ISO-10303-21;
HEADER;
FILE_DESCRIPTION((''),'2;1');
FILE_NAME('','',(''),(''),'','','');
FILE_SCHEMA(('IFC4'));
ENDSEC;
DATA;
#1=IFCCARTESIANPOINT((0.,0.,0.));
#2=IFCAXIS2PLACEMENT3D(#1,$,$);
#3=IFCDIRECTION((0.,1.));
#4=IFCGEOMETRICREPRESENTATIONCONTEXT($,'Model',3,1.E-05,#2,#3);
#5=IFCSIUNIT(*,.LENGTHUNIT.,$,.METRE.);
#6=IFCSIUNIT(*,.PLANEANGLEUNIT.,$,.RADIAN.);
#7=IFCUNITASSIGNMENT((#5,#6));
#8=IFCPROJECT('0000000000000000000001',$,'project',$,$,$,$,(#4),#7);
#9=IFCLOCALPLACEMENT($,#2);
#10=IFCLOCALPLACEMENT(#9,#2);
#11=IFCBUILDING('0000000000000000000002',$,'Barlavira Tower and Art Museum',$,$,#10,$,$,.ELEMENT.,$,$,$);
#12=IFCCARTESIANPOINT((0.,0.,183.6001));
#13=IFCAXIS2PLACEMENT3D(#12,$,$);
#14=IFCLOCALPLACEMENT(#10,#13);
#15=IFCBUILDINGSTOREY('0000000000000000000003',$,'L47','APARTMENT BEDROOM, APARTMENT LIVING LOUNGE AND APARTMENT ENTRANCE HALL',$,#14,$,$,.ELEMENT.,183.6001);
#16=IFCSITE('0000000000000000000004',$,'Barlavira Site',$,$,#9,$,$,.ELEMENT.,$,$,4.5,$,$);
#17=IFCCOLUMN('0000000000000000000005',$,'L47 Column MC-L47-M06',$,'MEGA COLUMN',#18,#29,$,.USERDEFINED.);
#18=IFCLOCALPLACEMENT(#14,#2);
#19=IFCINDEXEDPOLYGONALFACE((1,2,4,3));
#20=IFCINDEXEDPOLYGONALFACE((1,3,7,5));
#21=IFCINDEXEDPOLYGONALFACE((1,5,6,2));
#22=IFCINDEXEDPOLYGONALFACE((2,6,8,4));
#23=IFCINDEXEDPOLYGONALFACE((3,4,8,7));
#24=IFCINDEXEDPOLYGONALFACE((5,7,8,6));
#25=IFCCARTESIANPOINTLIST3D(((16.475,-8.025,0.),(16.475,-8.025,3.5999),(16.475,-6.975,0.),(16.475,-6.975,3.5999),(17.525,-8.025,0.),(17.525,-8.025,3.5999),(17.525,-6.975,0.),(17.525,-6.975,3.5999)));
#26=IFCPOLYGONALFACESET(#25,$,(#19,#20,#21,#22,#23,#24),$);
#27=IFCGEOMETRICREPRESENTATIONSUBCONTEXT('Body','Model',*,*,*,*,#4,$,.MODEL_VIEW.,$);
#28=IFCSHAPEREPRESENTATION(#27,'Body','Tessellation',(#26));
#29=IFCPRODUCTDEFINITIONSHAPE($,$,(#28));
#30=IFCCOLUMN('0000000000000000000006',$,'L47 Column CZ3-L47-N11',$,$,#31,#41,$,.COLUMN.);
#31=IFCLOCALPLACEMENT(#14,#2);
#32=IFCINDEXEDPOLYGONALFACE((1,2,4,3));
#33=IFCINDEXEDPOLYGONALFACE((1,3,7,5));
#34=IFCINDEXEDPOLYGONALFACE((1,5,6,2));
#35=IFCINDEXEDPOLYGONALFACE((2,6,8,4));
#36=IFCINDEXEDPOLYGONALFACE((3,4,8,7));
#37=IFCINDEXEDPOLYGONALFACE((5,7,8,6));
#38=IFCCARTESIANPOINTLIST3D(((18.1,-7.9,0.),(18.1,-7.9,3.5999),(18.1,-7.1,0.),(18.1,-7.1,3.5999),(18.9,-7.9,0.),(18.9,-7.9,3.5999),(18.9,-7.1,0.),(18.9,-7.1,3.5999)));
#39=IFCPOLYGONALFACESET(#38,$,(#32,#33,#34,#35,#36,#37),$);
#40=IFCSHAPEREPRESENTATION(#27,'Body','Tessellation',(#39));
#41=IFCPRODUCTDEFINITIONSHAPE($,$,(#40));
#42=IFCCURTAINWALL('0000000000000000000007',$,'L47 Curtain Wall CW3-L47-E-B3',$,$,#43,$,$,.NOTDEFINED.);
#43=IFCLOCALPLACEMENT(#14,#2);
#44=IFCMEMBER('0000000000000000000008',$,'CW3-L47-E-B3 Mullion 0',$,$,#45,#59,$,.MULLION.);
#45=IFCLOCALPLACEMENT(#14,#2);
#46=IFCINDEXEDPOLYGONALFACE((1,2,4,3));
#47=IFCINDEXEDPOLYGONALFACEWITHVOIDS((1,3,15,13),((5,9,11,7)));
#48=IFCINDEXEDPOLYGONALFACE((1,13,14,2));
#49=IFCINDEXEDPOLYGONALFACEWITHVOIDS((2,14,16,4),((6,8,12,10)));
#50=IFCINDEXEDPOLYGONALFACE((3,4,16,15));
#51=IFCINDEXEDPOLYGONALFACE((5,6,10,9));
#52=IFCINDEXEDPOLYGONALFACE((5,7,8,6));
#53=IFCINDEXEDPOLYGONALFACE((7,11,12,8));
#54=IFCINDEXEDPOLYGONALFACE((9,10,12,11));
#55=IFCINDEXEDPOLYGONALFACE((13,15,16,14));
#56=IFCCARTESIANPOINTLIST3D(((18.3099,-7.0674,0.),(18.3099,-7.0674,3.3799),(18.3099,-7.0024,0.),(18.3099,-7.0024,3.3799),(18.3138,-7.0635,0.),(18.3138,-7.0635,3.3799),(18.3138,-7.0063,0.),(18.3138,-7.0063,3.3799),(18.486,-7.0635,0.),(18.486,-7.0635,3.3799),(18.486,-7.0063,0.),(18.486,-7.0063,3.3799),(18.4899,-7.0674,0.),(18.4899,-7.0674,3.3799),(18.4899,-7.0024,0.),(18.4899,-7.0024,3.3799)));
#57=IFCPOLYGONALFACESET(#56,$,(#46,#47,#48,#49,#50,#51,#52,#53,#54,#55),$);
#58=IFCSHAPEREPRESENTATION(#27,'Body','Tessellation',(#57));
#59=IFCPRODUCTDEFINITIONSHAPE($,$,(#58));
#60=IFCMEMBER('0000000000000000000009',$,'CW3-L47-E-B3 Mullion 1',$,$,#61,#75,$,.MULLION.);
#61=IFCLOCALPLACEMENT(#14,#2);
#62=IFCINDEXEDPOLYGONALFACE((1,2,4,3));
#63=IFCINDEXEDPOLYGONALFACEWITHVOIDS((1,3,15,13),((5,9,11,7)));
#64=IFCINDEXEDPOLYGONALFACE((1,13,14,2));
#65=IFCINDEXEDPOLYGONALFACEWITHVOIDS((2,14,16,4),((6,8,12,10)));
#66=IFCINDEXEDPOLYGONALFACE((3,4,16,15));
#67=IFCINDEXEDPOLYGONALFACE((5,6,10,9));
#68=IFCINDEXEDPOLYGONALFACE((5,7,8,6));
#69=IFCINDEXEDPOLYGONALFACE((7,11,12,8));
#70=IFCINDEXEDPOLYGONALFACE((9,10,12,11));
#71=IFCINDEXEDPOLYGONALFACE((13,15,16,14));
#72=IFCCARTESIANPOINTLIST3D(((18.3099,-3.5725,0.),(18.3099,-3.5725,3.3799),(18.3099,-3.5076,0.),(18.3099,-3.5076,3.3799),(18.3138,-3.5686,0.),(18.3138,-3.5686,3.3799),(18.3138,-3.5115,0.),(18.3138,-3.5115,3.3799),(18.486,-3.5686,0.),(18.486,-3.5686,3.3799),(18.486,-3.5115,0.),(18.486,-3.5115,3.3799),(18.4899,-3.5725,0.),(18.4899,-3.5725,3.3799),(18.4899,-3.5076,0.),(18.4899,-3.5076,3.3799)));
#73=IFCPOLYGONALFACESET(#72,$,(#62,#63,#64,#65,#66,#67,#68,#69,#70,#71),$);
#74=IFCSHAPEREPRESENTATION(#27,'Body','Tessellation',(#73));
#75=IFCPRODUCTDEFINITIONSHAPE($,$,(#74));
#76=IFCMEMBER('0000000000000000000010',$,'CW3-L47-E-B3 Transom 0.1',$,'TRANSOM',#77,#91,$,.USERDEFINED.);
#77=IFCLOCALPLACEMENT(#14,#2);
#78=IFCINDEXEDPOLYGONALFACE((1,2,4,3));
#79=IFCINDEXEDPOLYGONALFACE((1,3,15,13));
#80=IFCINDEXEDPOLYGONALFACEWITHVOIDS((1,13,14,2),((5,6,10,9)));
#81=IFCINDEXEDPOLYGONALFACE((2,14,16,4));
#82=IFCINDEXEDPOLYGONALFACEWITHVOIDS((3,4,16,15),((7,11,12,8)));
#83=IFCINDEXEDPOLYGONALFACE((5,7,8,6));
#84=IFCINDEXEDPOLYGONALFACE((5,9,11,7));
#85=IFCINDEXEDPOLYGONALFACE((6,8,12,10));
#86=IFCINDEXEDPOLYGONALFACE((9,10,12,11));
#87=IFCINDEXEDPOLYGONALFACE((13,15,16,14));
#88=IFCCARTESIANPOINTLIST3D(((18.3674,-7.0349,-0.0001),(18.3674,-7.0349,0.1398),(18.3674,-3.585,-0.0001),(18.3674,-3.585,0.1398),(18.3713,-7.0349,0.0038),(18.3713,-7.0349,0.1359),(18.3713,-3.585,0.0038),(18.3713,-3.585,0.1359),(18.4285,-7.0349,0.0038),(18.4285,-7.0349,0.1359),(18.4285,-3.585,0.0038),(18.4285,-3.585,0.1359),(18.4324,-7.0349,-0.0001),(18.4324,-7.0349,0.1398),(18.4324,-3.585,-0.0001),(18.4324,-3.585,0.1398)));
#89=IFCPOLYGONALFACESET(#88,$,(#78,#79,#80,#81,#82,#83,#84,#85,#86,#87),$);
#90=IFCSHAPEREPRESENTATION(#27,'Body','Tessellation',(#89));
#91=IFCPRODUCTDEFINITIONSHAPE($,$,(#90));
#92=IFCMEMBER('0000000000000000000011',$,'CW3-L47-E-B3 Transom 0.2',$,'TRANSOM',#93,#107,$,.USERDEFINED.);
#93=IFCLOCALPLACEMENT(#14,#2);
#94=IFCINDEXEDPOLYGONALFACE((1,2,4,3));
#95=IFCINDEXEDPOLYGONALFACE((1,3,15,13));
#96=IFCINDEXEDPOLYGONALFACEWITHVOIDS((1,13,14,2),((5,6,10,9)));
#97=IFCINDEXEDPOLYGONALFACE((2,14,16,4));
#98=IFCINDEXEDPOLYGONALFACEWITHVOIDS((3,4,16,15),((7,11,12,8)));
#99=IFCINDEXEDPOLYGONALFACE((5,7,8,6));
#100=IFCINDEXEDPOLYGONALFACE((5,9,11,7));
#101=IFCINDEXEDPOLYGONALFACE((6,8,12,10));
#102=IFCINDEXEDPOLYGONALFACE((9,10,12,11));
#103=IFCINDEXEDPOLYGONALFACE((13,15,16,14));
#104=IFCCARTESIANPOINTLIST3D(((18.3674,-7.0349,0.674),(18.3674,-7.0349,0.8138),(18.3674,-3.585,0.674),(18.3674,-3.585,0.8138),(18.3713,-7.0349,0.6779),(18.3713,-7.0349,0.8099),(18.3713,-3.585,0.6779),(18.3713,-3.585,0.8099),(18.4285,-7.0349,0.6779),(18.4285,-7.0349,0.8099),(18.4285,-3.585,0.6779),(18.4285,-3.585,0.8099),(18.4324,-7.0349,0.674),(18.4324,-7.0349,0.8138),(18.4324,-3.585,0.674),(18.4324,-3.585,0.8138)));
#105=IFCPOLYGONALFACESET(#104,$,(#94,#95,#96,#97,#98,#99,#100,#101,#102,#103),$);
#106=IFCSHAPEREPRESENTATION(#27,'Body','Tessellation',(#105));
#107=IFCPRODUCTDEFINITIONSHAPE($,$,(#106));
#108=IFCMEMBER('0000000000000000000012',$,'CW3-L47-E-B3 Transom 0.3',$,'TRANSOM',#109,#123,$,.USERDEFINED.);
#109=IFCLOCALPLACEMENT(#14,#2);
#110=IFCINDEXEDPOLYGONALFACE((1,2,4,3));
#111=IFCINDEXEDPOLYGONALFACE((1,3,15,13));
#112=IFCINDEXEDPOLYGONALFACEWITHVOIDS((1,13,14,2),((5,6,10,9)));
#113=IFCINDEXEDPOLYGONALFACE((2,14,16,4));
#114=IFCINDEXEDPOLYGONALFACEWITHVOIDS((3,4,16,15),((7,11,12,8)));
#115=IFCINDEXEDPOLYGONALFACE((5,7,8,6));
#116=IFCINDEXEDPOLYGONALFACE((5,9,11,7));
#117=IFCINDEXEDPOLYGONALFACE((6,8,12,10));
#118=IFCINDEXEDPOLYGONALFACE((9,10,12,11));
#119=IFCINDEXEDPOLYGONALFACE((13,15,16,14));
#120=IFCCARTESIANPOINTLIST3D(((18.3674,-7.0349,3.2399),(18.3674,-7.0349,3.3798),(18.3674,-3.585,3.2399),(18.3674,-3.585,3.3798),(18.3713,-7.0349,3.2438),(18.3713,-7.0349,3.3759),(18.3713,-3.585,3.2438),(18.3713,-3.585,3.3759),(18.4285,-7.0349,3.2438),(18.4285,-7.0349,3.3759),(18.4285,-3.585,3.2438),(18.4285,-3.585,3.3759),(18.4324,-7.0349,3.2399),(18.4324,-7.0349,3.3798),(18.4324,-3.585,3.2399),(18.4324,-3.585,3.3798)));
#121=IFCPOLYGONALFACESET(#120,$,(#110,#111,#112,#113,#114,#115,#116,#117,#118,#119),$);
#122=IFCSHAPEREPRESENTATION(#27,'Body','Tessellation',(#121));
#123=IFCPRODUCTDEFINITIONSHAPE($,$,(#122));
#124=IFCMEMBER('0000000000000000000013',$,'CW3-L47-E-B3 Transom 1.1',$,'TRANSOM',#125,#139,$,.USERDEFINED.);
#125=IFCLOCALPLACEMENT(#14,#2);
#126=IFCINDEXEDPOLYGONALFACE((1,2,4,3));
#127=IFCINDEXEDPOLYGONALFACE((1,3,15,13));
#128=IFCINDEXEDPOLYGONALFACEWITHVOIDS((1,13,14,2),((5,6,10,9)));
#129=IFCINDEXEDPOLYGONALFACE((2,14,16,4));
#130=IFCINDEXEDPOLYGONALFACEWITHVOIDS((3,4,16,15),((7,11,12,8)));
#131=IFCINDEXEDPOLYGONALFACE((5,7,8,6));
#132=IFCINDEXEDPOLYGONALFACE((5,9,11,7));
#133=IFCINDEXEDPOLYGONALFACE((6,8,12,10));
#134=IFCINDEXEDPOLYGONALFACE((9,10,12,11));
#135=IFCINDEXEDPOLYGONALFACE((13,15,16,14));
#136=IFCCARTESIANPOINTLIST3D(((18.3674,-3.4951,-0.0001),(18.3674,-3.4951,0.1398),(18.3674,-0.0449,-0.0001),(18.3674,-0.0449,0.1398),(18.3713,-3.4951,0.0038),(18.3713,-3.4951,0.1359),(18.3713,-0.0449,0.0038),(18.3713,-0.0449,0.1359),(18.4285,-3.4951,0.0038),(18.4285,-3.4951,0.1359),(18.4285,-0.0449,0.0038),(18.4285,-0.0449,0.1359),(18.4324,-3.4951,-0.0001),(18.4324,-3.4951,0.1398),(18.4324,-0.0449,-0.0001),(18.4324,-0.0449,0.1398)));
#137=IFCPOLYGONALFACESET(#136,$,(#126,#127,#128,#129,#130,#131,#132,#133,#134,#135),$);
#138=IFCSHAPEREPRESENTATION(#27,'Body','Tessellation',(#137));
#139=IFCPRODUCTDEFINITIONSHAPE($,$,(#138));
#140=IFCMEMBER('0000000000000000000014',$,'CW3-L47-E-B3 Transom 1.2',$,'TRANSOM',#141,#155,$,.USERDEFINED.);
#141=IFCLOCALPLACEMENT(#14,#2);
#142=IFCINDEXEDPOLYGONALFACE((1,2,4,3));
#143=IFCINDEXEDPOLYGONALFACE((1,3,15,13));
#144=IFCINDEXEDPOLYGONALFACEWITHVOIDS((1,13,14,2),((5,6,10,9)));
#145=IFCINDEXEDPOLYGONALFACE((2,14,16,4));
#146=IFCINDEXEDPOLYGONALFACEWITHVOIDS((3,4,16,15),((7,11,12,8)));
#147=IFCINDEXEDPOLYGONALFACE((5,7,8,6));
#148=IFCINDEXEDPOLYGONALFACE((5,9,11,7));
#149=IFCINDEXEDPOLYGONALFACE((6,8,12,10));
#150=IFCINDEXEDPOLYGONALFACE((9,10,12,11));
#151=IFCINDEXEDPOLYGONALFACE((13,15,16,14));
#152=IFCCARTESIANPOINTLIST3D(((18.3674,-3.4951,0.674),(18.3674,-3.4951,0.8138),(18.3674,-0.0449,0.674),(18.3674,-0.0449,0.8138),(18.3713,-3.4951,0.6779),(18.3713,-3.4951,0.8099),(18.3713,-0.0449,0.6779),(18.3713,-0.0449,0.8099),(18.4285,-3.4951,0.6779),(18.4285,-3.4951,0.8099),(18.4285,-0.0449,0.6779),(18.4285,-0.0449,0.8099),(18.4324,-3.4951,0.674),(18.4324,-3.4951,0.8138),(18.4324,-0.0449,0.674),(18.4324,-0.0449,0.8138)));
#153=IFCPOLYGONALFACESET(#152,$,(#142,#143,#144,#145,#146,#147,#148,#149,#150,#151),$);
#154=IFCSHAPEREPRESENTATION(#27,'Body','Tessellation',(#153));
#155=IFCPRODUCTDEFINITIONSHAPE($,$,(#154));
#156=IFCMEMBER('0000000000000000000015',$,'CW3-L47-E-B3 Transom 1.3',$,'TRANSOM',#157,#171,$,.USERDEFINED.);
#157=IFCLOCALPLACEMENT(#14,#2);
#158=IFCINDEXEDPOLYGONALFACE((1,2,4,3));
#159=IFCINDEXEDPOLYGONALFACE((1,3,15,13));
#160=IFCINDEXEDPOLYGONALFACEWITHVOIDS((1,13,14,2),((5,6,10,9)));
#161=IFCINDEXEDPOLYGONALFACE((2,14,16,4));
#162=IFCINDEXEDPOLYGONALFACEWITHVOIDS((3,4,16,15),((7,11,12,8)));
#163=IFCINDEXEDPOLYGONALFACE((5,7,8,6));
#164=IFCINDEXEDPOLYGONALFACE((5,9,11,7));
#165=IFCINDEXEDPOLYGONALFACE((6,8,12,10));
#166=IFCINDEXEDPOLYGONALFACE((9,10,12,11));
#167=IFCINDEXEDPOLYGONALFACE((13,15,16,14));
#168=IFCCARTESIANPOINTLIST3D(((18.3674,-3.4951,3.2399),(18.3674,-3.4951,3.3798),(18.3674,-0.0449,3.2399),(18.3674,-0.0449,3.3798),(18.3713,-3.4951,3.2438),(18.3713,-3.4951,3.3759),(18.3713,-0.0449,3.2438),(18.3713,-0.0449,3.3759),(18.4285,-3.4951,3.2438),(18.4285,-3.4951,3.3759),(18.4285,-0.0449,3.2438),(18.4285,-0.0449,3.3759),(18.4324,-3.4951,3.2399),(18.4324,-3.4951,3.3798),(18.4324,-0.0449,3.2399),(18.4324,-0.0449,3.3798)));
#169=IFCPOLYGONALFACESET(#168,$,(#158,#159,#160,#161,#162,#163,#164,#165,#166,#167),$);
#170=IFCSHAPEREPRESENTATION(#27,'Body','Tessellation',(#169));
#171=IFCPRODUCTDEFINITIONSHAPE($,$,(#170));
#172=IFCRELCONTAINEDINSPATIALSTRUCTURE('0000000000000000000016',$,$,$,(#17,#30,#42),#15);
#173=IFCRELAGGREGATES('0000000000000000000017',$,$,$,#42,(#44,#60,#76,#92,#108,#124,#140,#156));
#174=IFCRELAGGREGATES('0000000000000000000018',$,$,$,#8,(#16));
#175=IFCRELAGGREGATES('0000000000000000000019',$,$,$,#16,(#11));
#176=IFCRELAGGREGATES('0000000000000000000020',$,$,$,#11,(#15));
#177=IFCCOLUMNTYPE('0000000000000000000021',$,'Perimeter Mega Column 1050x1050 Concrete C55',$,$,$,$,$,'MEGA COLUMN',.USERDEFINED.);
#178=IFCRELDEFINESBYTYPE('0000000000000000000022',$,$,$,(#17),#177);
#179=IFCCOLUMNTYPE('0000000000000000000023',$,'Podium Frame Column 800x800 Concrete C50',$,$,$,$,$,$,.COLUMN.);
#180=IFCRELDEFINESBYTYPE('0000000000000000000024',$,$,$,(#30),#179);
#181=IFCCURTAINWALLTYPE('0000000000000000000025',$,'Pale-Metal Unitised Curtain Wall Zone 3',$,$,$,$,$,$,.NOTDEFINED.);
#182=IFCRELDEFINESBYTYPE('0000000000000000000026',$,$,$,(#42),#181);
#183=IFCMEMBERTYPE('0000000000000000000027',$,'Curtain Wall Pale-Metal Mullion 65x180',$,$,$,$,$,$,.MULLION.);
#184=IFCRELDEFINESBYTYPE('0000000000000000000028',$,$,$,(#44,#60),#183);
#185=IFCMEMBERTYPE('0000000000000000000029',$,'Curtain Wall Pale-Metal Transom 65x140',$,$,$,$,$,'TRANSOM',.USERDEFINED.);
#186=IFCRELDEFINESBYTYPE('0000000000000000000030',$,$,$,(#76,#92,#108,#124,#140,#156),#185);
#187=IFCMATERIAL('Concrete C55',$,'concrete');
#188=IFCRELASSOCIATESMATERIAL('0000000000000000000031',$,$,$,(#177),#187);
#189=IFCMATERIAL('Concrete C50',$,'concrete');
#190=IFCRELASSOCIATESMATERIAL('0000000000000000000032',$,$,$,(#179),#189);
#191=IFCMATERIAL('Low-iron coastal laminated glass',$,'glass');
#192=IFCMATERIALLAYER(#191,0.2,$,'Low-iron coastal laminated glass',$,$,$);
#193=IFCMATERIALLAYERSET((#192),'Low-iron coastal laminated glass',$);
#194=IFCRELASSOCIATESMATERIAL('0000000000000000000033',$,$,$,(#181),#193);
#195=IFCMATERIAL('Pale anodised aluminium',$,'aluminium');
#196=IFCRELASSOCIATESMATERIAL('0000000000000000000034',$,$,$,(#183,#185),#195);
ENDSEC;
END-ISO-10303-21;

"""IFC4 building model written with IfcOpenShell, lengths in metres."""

from ifc_helpers import new_model, si_unit, direction, frame, origin, origin_2d, place, context, subcontext, project, spatial, rectangle, hollow_rectangle, extrude, material, layer, layer_set, material_profile, profile_set, type_object, element, aggregate, save


model = new_model("IFC4")

# Units and contexts
model_context = context("Model", 3, precision=1e-05, world=origin(), true_north=direction((0.0, 1.0)))
body_context = subcontext(model_context, "Body", "Model", "MODEL_VIEW")
ifc_project = project(units=[si_unit("LENGTHUNIT", "METRE"), si_unit("PLANEANGLEUNIT", "RADIAN")], contexts=[model_context])

# Site, building, storey
site_placement = place(None, origin())
site = spatial("IfcSite", under=ifc_project, at=site_placement, Name="Barlavira Site", CompositionType="ELEMENT", RefElevation=4.5)
building_placement = place(site_placement, origin())
building = spatial("IfcBuilding", under=site, at=building_placement, Name="Barlavira Tower and Art Museum", CompositionType="ELEMENT")
storey_placement = place(building_placement, frame((0.0, 0.0, 183.6001)))
storey = spatial("IfcBuildingStorey", under=building, at=storey_placement, Name="L47", Description="APARTMENT BEDROOM, APARTMENT LIVING LOUNGE AND APARTMENT ENTRANCE HALL", CompositionType="ELEMENT", Elevation=183.6001)

# Columns
ifc_material_1 = material(Name="Concrete C55", Category="concrete")
ifc_material_profile_1 = material_profile(ifc_material_1, rectangle(XDim=1.05, YDim=1.05, at=origin_2d()), Name="RC-COL 1050x1050")
ifc_profile_set_1 = profile_set([ifc_material_profile_1], Name="Concrete C55")
column_type_1 = type_object("IfcColumnType", Name="Perimeter Mega Column 1050x1050 Concrete C55", ElementType="MEGA COLUMN", PredefinedType="USERDEFINED", material=ifc_profile_set_1)
column_1_placement = place(storey_placement, frame((17.0, -7.5, 0.0), z_axis=(0.0, 0.0, 1.0), x_axis=(1.0, 0.0, 0.0)))
element("IfcColumn", 1, at=column_1_placement, inside=storey, type_object=column_type_1, Name="L47 Column MC-L47-M06", ObjectType="MEGA COLUMN", PredefinedType="USERDEFINED", context=body_context, shape_type="SweptSolid", body=[
    extrude(rectangle(XDim=1.05, YDim=1.05, at=origin_2d()), origin(), (0.0, 0.0, 1.0), 3.5999),
])
ifc_material_2 = material(Name="Concrete C50", Category="concrete")
ifc_material_profile_2 = material_profile(ifc_material_2, rectangle(XDim=0.8, YDim=0.8, at=origin_2d()), Name="RC-COL 800x800")
ifc_profile_set_2 = profile_set([ifc_material_profile_2], Name="Concrete C50")
column_type_2 = type_object("IfcColumnType", Name="Podium Frame Column 800x800 Concrete C50", PredefinedType="COLUMN", material=ifc_profile_set_2)
column_2_placement = place(storey_placement, frame((18.5, -7.5, 0.0), z_axis=(0.0, 0.0, 1.0), x_axis=(1.0, 0.0, 0.0)))
element("IfcColumn", 2, at=column_2_placement, inside=storey, type_object=column_type_2, Name="L47 Column CZ3-L47-N11", PredefinedType="COLUMN", context=body_context, shape_type="SweptSolid", body=[
    extrude(rectangle(XDim=0.8, YDim=0.8, at=origin_2d()), origin(), (0.0, 0.0, 1.0), 3.5999),
])

# Curtain wall, members
ifc_material_3 = material(Name="Low-iron coastal laminated glass", Category="glass")
ifc_layer_1 = layer(ifc_material_3, 0.2, Name="Low-iron coastal laminated glass")
ifc_layer_set_1 = layer_set([ifc_layer_1], Name="Low-iron coastal laminated glass")
curtain_wall_type = type_object("IfcCurtainWallType", Name="Pale-Metal Unitised Curtain Wall Zone 3", PredefinedType="NOTDEFINED", material=ifc_layer_set_1)
curtain_wall_placement = place(storey_placement, origin())
curtain_wall = element("IfcCurtainWall", 3, at=curtain_wall_placement, inside=storey, type_object=curtain_wall_type, Name="L47 Curtain Wall CW3-L47-E-B3", PredefinedType="NOTDEFINED")
ifc_material_4 = material(Name="Pale anodised aluminium", Category="aluminium")
ifc_material_profile_3 = material_profile(ifc_material_4, hollow_rectangle(XDim=0.0649, YDim=0.1799, WallThickness=0.0039, at=origin_2d()), Name="ALU-MULL 65x180x4")
ifc_profile_set_3 = profile_set([ifc_material_profile_3], Name="Pale anodised aluminium")
member_type_1 = type_object("IfcMemberType", Name="Curtain Wall Pale-Metal Mullion 65x180", PredefinedType="MULLION", material=ifc_profile_set_3)
member_1_placement = place(storey_placement, frame((18.3999, -7.0349, 0.0), z_axis=(0.0, 0.0, 1.0), x_axis=(0.0, 1.0, 0.0)))
member_1 = element("IfcMember", 4, at=member_1_placement, type_object=member_type_1, Name="CW3-L47-E-B3 Mullion 0", PredefinedType="MULLION", context=body_context, shape_type="SweptSolid", body=[
    extrude(hollow_rectangle(XDim=0.0649, YDim=0.1799, WallThickness=0.0039, at=origin_2d()), origin(), (0.0, 0.0, 1.0), 3.3799),
])
member_2_placement = place(storey_placement, frame((18.3999, -3.54, 0.0), z_axis=(0.0, 0.0, 1.0), x_axis=(0.0, 1.0, 0.0)))
member_2 = element("IfcMember", 5, at=member_2_placement, type_object=member_type_1, Name="CW3-L47-E-B3 Mullion 1", PredefinedType="MULLION", context=body_context, shape_type="SweptSolid", body=[
    extrude(hollow_rectangle(XDim=0.0649, YDim=0.1799, WallThickness=0.0039, at=origin_2d()), origin(), (0.0, 0.0, 1.0), 3.3799),
])
ifc_material_profile_4 = material_profile(ifc_material_4, hollow_rectangle(XDim=0.0649, YDim=0.1399, WallThickness=0.0039, at=origin_2d()), Name="ALU-TRAN 65x140x4")
ifc_profile_set_4 = profile_set([ifc_material_profile_4], Name="Pale anodised aluminium")
member_type_2 = type_object("IfcMemberType", Name="Curtain Wall Pale-Metal Transom 65x140", ElementType="TRANSOM", PredefinedType="USERDEFINED", material=ifc_profile_set_4)
member_3_placement = place(storey_placement, frame((18.3999, -7.0349, 0.0698), z_axis=(0.0, 1.0, 0.0), x_axis=(-1.0, 0.0, 0.0)))
member_3 = element("IfcMember", 6, at=member_3_placement, type_object=member_type_2, Name="CW3-L47-E-B3 Transom 0.1", ObjectType="TRANSOM", PredefinedType="USERDEFINED", context=body_context, shape_type="SweptSolid", body=[
    extrude(hollow_rectangle(XDim=0.0649, YDim=0.1399, WallThickness=0.0039, at=origin_2d()), origin(), (0.0, 0.0, 1.0), 3.45),
])
member_4_placement = place(storey_placement, frame((18.3999, -7.0349, 0.7439), z_axis=(0.0, 1.0, 0.0), x_axis=(-1.0, 0.0, 0.0)))
member_4 = element("IfcMember", 7, at=member_4_placement, type_object=member_type_2, Name="CW3-L47-E-B3 Transom 0.2", ObjectType="TRANSOM", PredefinedType="USERDEFINED", context=body_context, shape_type="SweptSolid", body=[
    extrude(hollow_rectangle(XDim=0.0649, YDim=0.1399, WallThickness=0.0039, at=origin_2d()), origin(), (0.0, 0.0, 1.0), 3.45),
])
member_5_placement = place(storey_placement, frame((18.3999, -7.0349, 3.3098), z_axis=(0.0, 1.0, 0.0), x_axis=(-1.0, 0.0, 0.0)))
member_5 = element("IfcMember", 8, at=member_5_placement, type_object=member_type_2, Name="CW3-L47-E-B3 Transom 0.3", ObjectType="TRANSOM", PredefinedType="USERDEFINED", context=body_context, shape_type="SweptSolid", body=[
    extrude(hollow_rectangle(XDim=0.0649, YDim=0.1399, WallThickness=0.0039, at=origin_2d()), origin(), (0.0, 0.0, 1.0), 3.45),
])
member_6_placement = place(storey_placement, frame((18.3999, -3.4951, 0.0698), z_axis=(0.0, 1.0, 0.0), x_axis=(-1.0, 0.0, 0.0)))
member_6 = element("IfcMember", 9, at=member_6_placement, type_object=member_type_2, Name="CW3-L47-E-B3 Transom 1.1", ObjectType="TRANSOM", PredefinedType="USERDEFINED", context=body_context, shape_type="SweptSolid", body=[
    extrude(hollow_rectangle(XDim=0.0649, YDim=0.1399, WallThickness=0.0039, at=origin_2d()), origin(), (0.0, 0.0, 1.0), 3.4502),
])
member_7_placement = place(storey_placement, frame((18.3999, -3.4951, 0.7439), z_axis=(0.0, 1.0, 0.0), x_axis=(-1.0, 0.0, 0.0)))
member_7 = element("IfcMember", 10, at=member_7_placement, type_object=member_type_2, Name="CW3-L47-E-B3 Transom 1.2", ObjectType="TRANSOM", PredefinedType="USERDEFINED", context=body_context, shape_type="SweptSolid", body=[
    extrude(hollow_rectangle(XDim=0.0649, YDim=0.1399, WallThickness=0.0039, at=origin_2d()), origin(), (0.0, 0.0, 1.0), 3.4502),
])
member_8_placement = place(storey_placement, frame((18.3999, -3.4951, 3.3098), z_axis=(0.0, 1.0, 0.0), x_axis=(-1.0, 0.0, 0.0)))
member_8 = element("IfcMember", 11, at=member_8_placement, type_object=member_type_2, Name="CW3-L47-E-B3 Transom 1.3", ObjectType="TRANSOM", PredefinedType="USERDEFINED", context=body_context, shape_type="SweptSolid", body=[
    extrude(hollow_rectangle(XDim=0.0649, YDim=0.1399, WallThickness=0.0039, at=origin_2d()), origin(), (0.0, 0.0, 1.0), 3.4502),
])

aggregate(curtain_wall, [member_1, member_2, member_3, member_4, member_5, member_6, member_7, member_8])

save(model, "model.ifc")
